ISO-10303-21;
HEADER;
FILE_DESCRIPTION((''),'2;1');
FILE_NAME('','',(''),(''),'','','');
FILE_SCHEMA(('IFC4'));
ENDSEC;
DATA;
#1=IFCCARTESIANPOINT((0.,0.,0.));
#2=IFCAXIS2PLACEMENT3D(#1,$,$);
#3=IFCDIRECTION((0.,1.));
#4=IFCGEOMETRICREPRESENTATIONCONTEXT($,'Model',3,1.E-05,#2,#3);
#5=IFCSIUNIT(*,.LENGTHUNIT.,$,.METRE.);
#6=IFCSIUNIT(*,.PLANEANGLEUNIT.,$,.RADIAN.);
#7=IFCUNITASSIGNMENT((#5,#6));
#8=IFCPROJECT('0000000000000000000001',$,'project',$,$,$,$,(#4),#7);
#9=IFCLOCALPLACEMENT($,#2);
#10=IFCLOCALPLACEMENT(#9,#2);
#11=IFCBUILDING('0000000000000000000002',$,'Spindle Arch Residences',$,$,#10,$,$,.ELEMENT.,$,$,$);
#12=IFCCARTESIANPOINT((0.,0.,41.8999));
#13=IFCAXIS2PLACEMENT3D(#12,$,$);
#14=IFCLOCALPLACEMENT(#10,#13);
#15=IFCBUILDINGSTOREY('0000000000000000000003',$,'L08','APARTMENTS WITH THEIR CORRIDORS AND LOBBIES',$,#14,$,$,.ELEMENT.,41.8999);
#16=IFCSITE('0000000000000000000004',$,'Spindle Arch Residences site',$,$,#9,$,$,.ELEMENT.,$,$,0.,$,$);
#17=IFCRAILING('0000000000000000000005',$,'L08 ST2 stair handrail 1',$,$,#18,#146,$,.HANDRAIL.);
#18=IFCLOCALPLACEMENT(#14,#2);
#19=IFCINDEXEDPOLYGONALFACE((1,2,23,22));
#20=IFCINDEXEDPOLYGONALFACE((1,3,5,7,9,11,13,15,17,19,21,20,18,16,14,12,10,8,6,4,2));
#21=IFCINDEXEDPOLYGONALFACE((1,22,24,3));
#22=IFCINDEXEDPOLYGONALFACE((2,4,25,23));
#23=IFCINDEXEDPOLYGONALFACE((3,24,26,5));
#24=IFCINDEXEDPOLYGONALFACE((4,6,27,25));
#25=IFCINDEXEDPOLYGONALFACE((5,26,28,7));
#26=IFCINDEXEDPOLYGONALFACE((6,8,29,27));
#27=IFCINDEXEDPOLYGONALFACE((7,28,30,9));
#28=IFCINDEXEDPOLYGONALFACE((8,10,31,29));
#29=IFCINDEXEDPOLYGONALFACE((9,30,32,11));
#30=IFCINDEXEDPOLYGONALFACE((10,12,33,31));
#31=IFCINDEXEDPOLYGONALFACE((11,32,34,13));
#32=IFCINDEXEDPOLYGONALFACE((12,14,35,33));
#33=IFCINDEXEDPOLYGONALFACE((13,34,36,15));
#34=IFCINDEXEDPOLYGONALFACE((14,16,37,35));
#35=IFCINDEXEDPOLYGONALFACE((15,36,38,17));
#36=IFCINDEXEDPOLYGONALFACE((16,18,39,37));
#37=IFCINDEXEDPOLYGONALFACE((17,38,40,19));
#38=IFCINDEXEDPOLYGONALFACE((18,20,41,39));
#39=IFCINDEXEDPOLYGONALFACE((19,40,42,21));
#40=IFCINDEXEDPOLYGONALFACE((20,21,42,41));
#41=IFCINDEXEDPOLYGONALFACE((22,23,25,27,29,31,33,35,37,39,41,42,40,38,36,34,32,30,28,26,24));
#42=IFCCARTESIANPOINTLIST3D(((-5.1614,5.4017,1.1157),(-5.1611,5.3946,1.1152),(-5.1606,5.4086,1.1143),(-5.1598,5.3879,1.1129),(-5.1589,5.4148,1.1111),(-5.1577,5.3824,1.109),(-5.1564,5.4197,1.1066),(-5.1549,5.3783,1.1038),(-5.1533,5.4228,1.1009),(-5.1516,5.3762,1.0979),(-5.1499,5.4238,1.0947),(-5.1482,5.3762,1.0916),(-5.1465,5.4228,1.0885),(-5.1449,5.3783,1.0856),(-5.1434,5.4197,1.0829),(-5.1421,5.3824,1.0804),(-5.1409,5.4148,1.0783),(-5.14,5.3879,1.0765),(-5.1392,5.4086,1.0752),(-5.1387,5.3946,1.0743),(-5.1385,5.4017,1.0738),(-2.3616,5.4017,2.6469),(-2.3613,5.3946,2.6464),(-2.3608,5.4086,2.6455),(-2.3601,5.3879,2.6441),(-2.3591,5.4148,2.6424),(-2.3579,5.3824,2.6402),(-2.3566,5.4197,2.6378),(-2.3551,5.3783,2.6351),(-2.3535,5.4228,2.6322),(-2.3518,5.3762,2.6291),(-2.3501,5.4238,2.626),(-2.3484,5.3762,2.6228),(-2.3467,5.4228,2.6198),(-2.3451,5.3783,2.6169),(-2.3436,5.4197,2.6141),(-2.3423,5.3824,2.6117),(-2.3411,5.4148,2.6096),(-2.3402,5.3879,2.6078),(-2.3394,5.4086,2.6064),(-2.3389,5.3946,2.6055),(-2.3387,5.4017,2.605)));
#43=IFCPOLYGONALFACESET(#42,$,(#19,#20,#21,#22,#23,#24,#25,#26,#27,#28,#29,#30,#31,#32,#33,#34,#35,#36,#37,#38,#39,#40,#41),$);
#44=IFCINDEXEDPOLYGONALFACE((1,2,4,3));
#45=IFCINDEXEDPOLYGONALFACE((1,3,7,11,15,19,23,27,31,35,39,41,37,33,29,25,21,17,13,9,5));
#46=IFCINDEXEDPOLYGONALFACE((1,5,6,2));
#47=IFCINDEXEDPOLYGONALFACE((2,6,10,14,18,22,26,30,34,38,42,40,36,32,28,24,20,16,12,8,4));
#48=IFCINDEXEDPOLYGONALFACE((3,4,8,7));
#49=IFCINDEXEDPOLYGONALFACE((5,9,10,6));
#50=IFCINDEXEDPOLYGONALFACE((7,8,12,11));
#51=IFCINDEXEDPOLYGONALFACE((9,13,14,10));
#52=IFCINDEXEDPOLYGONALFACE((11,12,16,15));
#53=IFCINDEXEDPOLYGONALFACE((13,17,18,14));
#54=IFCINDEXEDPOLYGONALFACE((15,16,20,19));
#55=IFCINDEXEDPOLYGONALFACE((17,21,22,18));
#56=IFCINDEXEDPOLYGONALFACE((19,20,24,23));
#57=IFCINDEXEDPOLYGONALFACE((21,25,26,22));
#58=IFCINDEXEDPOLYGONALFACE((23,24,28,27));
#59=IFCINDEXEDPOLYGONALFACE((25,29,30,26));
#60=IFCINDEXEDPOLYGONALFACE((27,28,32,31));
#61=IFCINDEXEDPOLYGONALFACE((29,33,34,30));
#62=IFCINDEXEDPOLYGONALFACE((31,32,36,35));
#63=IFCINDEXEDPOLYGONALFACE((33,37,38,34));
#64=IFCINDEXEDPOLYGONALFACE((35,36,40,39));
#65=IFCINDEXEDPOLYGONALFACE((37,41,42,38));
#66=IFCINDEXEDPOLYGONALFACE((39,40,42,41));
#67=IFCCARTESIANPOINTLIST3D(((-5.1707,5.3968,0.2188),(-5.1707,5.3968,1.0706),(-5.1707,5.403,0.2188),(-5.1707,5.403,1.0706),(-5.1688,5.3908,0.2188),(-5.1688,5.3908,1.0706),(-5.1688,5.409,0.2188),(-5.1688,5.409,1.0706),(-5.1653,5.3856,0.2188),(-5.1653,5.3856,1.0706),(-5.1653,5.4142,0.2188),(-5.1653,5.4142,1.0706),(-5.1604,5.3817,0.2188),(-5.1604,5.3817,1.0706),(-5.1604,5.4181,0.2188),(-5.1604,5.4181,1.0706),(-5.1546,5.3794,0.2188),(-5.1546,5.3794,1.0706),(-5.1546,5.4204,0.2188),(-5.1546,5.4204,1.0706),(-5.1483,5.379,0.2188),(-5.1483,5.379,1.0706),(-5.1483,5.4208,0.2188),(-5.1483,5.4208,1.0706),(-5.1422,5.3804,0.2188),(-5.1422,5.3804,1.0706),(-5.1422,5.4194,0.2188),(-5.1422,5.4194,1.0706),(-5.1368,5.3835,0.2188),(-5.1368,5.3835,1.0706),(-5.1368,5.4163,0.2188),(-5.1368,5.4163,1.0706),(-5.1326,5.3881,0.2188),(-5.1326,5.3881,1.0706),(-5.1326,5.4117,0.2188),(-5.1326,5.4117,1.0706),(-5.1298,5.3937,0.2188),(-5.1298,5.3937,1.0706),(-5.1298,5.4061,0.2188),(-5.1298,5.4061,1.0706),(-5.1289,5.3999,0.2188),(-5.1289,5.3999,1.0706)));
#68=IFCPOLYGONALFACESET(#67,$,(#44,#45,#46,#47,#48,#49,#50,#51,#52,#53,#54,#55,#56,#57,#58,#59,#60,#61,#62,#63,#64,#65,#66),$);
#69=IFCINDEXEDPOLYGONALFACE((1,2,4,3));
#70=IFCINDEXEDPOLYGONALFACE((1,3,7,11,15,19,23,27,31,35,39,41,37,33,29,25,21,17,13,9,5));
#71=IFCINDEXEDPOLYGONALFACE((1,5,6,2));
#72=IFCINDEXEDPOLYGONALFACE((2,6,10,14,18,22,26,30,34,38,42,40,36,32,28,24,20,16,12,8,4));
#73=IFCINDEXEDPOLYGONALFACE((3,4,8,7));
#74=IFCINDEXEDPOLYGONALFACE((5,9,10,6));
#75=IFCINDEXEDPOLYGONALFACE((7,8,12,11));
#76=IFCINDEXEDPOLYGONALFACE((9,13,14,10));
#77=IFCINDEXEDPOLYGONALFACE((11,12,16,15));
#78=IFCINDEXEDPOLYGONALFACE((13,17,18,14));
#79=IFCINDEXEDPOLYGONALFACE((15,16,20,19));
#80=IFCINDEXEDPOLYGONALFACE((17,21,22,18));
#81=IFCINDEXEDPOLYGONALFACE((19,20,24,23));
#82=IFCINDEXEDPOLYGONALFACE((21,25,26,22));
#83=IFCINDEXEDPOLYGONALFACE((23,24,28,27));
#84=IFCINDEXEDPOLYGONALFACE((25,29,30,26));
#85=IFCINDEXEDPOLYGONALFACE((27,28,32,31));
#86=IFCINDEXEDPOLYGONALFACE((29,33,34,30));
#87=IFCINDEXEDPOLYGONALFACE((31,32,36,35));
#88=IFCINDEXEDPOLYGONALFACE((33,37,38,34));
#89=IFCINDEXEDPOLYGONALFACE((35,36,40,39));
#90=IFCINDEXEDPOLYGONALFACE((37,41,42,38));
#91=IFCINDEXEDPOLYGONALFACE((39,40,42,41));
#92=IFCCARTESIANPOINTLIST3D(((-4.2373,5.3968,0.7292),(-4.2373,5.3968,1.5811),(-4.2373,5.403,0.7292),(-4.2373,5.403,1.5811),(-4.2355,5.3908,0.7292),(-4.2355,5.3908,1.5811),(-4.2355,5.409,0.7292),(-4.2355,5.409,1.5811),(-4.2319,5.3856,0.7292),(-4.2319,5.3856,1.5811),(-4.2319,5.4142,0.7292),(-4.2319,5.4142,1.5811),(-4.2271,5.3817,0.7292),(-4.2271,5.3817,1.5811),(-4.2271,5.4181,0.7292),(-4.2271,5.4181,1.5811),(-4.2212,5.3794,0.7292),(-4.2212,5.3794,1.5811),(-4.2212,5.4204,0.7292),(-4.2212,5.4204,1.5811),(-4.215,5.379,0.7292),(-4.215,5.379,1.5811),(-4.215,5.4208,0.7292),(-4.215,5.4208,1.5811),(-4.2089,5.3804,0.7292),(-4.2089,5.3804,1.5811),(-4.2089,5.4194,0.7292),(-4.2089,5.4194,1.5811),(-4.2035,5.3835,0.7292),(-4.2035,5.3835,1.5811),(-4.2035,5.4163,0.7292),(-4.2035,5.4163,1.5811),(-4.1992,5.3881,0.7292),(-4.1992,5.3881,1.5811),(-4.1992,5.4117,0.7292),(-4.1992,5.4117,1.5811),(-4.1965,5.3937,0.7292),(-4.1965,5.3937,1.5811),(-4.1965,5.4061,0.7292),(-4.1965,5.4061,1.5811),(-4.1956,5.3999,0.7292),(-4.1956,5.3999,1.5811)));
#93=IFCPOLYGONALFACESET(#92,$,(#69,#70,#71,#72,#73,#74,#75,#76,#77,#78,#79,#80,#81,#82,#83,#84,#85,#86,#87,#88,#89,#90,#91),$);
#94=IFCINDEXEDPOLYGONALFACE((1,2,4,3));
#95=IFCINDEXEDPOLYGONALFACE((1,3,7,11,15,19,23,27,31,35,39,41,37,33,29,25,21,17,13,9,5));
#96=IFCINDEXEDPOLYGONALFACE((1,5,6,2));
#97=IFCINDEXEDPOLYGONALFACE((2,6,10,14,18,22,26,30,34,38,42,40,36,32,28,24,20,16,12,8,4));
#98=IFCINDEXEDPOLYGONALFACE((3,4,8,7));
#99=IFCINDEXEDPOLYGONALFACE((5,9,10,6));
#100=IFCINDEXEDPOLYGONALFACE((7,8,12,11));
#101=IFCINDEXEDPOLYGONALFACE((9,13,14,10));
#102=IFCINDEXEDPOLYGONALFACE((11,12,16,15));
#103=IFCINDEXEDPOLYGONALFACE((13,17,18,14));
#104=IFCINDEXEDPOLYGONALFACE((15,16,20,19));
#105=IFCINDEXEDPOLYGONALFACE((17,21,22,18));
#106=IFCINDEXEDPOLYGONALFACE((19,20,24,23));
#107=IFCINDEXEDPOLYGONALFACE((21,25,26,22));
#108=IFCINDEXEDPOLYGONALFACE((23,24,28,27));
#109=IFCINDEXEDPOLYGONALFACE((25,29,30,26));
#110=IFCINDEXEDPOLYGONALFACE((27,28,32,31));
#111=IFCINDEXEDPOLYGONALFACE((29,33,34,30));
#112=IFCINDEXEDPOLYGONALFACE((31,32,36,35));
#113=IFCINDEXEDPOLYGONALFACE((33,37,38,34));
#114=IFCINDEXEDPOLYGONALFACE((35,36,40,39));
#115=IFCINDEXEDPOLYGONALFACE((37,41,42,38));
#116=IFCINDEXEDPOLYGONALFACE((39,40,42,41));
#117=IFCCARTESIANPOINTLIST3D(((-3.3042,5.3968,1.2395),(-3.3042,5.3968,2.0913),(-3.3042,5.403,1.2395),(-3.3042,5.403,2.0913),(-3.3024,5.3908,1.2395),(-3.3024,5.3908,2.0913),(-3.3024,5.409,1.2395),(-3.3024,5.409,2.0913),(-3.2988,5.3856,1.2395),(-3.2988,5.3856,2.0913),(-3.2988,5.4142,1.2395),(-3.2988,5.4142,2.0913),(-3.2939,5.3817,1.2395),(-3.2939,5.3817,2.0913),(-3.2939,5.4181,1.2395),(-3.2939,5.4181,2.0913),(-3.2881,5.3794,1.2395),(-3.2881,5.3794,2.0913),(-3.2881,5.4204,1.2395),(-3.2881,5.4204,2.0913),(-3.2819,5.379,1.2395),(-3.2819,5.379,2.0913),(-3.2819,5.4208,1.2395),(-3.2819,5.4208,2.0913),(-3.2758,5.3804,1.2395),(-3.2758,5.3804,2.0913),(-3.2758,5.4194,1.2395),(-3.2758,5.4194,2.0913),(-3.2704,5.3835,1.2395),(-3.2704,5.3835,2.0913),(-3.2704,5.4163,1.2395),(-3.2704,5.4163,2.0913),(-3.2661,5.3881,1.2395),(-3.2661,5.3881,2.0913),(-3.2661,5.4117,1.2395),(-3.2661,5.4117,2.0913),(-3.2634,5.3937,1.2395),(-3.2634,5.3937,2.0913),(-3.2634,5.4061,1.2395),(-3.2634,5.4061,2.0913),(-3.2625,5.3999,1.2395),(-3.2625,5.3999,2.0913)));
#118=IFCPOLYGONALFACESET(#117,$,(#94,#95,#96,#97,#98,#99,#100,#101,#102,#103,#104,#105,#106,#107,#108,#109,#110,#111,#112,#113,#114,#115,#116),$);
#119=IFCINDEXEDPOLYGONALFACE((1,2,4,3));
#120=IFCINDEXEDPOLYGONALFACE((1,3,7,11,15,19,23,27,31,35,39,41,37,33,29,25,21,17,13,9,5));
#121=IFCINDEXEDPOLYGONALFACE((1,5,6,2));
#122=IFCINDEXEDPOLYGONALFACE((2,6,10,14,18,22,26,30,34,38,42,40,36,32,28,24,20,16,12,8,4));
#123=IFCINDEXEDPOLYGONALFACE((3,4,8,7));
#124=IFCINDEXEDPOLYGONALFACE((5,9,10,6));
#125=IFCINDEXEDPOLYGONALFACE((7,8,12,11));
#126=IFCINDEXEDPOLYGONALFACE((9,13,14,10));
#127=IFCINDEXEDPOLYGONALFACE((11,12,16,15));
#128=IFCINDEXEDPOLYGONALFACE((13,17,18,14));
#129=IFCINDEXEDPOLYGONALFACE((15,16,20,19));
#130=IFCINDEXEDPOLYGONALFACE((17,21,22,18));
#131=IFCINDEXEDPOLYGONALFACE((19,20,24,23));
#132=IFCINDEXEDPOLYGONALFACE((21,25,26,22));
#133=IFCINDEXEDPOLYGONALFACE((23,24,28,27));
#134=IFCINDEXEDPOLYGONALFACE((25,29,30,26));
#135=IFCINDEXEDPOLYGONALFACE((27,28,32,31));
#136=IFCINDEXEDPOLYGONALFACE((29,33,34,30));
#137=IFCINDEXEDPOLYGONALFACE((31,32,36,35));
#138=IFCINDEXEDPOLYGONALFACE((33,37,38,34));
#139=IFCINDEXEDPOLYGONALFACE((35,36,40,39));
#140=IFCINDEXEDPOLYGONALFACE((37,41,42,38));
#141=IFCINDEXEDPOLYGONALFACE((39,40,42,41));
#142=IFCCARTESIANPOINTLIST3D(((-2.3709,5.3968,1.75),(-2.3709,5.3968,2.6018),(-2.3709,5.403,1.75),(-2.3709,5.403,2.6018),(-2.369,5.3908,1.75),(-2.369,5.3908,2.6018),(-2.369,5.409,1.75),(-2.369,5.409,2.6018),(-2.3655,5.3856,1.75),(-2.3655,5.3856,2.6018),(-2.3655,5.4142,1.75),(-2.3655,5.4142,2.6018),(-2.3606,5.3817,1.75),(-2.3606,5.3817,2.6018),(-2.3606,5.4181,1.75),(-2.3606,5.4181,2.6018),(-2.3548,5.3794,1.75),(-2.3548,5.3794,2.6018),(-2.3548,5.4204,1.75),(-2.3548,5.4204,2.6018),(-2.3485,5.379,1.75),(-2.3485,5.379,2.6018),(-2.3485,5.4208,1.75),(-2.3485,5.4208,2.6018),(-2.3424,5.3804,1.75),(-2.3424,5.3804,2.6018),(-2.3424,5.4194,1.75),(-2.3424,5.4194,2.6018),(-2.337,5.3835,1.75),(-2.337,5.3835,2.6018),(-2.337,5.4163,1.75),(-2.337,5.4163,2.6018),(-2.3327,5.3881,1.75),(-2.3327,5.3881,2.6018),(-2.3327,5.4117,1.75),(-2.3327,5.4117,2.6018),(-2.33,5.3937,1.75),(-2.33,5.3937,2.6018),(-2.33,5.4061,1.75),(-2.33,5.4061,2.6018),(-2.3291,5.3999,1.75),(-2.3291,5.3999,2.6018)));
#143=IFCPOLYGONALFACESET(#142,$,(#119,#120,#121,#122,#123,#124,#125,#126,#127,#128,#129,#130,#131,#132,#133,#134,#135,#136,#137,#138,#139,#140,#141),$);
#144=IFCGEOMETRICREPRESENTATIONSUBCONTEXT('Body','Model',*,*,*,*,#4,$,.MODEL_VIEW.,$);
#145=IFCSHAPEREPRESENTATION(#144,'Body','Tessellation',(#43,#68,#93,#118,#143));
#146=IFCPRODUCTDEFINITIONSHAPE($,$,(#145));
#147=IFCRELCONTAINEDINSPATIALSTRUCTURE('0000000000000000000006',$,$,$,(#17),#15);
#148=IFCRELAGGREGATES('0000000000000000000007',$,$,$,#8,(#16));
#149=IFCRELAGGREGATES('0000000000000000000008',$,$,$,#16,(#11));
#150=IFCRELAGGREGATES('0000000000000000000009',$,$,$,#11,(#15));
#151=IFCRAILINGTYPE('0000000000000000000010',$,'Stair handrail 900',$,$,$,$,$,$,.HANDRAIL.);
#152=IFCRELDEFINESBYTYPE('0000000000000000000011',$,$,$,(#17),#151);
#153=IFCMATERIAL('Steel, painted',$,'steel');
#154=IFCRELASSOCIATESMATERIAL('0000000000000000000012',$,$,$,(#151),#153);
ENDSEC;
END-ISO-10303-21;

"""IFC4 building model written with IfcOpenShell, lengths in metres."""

from ifc_helpers import new_model, si_unit, direction, frame, origin, origin_2d, place, context, subcontext, project, spatial, circle, extrude, material, type_object, element, save


model = new_model("IFC4")

# Units and contexts
model_context = context("Model", 3, precision=1e-05, world=origin(), true_north=direction((0.0, 1.0)))
body_context = subcontext(model_context, "Body", "Model", "MODEL_VIEW")
ifc_project = project(units=[si_unit("LENGTHUNIT", "METRE"), si_unit("PLANEANGLEUNIT", "RADIAN")], contexts=[model_context])

# Site, building, storey
site_placement = place(None, origin())
site = spatial("IfcSite", under=ifc_project, at=site_placement, Name="Spindle Arch Residences site", CompositionType="ELEMENT", RefElevation=0.0)
building_placement = place(site_placement, origin())
building = spatial("IfcBuilding", under=site, at=building_placement, Name="Spindle Arch Residences", CompositionType="ELEMENT")
storey_placement = place(building_placement, frame((0.0, 0.0, 41.8999)))
storey = spatial("IfcBuildingStorey", under=building, at=storey_placement, Name="L08", Description="APARTMENTS WITH THEIR CORRIDORS AND LOBBIES", CompositionType="ELEMENT", Elevation=41.8999)

# Railing
ifc_material_1 = material(Name="Steel, painted", Category="steel")
railing_type_1 = type_object("IfcRailingType", Name="Stair handrail 900", PredefinedType="HANDRAIL", material=ifc_material_1)
railing_1_placement = place(storey_placement, frame((-5.1499, 5.3999, 0.2188)))
element("IfcRailing", 1, at=railing_1_placement, inside=storey, type_object=railing_type_1, Name="L08 ST2 stair handrail 1", PredefinedType="HANDRAIL", context=body_context, shape_type="SweptSolid", body=[
    extrude(circle(Radius=0.0239, at=origin_2d()), frame((0.0, 0.0, 0.876), z_axis=(0.877357, 0.0, 0.479838), x_axis=(0.0, 1.0, 0.0)), (0.0, 0.0, 1.0), 3.1912),
    extrude(circle(Radius=0.021, at=origin_2d()), origin(), (0.0, 0.0, 1.0), 0.8518),
    extrude(circle(Radius=0.021, at=origin_2d()), frame((0.9333, 0.0, 0.5105)), (0.0, 0.0, 1.0), 0.8518),
    extrude(circle(Radius=0.021, at=origin_2d()), frame((1.8665, 0.0, 1.0208)), (0.0, 0.0, 1.0), 0.8518),
    extrude(circle(Radius=0.021, at=origin_2d()), frame((2.7998, 0.0, 1.5312)), (0.0, 0.0, 1.0), 0.8518),
])

save(model, "model.ifc")
